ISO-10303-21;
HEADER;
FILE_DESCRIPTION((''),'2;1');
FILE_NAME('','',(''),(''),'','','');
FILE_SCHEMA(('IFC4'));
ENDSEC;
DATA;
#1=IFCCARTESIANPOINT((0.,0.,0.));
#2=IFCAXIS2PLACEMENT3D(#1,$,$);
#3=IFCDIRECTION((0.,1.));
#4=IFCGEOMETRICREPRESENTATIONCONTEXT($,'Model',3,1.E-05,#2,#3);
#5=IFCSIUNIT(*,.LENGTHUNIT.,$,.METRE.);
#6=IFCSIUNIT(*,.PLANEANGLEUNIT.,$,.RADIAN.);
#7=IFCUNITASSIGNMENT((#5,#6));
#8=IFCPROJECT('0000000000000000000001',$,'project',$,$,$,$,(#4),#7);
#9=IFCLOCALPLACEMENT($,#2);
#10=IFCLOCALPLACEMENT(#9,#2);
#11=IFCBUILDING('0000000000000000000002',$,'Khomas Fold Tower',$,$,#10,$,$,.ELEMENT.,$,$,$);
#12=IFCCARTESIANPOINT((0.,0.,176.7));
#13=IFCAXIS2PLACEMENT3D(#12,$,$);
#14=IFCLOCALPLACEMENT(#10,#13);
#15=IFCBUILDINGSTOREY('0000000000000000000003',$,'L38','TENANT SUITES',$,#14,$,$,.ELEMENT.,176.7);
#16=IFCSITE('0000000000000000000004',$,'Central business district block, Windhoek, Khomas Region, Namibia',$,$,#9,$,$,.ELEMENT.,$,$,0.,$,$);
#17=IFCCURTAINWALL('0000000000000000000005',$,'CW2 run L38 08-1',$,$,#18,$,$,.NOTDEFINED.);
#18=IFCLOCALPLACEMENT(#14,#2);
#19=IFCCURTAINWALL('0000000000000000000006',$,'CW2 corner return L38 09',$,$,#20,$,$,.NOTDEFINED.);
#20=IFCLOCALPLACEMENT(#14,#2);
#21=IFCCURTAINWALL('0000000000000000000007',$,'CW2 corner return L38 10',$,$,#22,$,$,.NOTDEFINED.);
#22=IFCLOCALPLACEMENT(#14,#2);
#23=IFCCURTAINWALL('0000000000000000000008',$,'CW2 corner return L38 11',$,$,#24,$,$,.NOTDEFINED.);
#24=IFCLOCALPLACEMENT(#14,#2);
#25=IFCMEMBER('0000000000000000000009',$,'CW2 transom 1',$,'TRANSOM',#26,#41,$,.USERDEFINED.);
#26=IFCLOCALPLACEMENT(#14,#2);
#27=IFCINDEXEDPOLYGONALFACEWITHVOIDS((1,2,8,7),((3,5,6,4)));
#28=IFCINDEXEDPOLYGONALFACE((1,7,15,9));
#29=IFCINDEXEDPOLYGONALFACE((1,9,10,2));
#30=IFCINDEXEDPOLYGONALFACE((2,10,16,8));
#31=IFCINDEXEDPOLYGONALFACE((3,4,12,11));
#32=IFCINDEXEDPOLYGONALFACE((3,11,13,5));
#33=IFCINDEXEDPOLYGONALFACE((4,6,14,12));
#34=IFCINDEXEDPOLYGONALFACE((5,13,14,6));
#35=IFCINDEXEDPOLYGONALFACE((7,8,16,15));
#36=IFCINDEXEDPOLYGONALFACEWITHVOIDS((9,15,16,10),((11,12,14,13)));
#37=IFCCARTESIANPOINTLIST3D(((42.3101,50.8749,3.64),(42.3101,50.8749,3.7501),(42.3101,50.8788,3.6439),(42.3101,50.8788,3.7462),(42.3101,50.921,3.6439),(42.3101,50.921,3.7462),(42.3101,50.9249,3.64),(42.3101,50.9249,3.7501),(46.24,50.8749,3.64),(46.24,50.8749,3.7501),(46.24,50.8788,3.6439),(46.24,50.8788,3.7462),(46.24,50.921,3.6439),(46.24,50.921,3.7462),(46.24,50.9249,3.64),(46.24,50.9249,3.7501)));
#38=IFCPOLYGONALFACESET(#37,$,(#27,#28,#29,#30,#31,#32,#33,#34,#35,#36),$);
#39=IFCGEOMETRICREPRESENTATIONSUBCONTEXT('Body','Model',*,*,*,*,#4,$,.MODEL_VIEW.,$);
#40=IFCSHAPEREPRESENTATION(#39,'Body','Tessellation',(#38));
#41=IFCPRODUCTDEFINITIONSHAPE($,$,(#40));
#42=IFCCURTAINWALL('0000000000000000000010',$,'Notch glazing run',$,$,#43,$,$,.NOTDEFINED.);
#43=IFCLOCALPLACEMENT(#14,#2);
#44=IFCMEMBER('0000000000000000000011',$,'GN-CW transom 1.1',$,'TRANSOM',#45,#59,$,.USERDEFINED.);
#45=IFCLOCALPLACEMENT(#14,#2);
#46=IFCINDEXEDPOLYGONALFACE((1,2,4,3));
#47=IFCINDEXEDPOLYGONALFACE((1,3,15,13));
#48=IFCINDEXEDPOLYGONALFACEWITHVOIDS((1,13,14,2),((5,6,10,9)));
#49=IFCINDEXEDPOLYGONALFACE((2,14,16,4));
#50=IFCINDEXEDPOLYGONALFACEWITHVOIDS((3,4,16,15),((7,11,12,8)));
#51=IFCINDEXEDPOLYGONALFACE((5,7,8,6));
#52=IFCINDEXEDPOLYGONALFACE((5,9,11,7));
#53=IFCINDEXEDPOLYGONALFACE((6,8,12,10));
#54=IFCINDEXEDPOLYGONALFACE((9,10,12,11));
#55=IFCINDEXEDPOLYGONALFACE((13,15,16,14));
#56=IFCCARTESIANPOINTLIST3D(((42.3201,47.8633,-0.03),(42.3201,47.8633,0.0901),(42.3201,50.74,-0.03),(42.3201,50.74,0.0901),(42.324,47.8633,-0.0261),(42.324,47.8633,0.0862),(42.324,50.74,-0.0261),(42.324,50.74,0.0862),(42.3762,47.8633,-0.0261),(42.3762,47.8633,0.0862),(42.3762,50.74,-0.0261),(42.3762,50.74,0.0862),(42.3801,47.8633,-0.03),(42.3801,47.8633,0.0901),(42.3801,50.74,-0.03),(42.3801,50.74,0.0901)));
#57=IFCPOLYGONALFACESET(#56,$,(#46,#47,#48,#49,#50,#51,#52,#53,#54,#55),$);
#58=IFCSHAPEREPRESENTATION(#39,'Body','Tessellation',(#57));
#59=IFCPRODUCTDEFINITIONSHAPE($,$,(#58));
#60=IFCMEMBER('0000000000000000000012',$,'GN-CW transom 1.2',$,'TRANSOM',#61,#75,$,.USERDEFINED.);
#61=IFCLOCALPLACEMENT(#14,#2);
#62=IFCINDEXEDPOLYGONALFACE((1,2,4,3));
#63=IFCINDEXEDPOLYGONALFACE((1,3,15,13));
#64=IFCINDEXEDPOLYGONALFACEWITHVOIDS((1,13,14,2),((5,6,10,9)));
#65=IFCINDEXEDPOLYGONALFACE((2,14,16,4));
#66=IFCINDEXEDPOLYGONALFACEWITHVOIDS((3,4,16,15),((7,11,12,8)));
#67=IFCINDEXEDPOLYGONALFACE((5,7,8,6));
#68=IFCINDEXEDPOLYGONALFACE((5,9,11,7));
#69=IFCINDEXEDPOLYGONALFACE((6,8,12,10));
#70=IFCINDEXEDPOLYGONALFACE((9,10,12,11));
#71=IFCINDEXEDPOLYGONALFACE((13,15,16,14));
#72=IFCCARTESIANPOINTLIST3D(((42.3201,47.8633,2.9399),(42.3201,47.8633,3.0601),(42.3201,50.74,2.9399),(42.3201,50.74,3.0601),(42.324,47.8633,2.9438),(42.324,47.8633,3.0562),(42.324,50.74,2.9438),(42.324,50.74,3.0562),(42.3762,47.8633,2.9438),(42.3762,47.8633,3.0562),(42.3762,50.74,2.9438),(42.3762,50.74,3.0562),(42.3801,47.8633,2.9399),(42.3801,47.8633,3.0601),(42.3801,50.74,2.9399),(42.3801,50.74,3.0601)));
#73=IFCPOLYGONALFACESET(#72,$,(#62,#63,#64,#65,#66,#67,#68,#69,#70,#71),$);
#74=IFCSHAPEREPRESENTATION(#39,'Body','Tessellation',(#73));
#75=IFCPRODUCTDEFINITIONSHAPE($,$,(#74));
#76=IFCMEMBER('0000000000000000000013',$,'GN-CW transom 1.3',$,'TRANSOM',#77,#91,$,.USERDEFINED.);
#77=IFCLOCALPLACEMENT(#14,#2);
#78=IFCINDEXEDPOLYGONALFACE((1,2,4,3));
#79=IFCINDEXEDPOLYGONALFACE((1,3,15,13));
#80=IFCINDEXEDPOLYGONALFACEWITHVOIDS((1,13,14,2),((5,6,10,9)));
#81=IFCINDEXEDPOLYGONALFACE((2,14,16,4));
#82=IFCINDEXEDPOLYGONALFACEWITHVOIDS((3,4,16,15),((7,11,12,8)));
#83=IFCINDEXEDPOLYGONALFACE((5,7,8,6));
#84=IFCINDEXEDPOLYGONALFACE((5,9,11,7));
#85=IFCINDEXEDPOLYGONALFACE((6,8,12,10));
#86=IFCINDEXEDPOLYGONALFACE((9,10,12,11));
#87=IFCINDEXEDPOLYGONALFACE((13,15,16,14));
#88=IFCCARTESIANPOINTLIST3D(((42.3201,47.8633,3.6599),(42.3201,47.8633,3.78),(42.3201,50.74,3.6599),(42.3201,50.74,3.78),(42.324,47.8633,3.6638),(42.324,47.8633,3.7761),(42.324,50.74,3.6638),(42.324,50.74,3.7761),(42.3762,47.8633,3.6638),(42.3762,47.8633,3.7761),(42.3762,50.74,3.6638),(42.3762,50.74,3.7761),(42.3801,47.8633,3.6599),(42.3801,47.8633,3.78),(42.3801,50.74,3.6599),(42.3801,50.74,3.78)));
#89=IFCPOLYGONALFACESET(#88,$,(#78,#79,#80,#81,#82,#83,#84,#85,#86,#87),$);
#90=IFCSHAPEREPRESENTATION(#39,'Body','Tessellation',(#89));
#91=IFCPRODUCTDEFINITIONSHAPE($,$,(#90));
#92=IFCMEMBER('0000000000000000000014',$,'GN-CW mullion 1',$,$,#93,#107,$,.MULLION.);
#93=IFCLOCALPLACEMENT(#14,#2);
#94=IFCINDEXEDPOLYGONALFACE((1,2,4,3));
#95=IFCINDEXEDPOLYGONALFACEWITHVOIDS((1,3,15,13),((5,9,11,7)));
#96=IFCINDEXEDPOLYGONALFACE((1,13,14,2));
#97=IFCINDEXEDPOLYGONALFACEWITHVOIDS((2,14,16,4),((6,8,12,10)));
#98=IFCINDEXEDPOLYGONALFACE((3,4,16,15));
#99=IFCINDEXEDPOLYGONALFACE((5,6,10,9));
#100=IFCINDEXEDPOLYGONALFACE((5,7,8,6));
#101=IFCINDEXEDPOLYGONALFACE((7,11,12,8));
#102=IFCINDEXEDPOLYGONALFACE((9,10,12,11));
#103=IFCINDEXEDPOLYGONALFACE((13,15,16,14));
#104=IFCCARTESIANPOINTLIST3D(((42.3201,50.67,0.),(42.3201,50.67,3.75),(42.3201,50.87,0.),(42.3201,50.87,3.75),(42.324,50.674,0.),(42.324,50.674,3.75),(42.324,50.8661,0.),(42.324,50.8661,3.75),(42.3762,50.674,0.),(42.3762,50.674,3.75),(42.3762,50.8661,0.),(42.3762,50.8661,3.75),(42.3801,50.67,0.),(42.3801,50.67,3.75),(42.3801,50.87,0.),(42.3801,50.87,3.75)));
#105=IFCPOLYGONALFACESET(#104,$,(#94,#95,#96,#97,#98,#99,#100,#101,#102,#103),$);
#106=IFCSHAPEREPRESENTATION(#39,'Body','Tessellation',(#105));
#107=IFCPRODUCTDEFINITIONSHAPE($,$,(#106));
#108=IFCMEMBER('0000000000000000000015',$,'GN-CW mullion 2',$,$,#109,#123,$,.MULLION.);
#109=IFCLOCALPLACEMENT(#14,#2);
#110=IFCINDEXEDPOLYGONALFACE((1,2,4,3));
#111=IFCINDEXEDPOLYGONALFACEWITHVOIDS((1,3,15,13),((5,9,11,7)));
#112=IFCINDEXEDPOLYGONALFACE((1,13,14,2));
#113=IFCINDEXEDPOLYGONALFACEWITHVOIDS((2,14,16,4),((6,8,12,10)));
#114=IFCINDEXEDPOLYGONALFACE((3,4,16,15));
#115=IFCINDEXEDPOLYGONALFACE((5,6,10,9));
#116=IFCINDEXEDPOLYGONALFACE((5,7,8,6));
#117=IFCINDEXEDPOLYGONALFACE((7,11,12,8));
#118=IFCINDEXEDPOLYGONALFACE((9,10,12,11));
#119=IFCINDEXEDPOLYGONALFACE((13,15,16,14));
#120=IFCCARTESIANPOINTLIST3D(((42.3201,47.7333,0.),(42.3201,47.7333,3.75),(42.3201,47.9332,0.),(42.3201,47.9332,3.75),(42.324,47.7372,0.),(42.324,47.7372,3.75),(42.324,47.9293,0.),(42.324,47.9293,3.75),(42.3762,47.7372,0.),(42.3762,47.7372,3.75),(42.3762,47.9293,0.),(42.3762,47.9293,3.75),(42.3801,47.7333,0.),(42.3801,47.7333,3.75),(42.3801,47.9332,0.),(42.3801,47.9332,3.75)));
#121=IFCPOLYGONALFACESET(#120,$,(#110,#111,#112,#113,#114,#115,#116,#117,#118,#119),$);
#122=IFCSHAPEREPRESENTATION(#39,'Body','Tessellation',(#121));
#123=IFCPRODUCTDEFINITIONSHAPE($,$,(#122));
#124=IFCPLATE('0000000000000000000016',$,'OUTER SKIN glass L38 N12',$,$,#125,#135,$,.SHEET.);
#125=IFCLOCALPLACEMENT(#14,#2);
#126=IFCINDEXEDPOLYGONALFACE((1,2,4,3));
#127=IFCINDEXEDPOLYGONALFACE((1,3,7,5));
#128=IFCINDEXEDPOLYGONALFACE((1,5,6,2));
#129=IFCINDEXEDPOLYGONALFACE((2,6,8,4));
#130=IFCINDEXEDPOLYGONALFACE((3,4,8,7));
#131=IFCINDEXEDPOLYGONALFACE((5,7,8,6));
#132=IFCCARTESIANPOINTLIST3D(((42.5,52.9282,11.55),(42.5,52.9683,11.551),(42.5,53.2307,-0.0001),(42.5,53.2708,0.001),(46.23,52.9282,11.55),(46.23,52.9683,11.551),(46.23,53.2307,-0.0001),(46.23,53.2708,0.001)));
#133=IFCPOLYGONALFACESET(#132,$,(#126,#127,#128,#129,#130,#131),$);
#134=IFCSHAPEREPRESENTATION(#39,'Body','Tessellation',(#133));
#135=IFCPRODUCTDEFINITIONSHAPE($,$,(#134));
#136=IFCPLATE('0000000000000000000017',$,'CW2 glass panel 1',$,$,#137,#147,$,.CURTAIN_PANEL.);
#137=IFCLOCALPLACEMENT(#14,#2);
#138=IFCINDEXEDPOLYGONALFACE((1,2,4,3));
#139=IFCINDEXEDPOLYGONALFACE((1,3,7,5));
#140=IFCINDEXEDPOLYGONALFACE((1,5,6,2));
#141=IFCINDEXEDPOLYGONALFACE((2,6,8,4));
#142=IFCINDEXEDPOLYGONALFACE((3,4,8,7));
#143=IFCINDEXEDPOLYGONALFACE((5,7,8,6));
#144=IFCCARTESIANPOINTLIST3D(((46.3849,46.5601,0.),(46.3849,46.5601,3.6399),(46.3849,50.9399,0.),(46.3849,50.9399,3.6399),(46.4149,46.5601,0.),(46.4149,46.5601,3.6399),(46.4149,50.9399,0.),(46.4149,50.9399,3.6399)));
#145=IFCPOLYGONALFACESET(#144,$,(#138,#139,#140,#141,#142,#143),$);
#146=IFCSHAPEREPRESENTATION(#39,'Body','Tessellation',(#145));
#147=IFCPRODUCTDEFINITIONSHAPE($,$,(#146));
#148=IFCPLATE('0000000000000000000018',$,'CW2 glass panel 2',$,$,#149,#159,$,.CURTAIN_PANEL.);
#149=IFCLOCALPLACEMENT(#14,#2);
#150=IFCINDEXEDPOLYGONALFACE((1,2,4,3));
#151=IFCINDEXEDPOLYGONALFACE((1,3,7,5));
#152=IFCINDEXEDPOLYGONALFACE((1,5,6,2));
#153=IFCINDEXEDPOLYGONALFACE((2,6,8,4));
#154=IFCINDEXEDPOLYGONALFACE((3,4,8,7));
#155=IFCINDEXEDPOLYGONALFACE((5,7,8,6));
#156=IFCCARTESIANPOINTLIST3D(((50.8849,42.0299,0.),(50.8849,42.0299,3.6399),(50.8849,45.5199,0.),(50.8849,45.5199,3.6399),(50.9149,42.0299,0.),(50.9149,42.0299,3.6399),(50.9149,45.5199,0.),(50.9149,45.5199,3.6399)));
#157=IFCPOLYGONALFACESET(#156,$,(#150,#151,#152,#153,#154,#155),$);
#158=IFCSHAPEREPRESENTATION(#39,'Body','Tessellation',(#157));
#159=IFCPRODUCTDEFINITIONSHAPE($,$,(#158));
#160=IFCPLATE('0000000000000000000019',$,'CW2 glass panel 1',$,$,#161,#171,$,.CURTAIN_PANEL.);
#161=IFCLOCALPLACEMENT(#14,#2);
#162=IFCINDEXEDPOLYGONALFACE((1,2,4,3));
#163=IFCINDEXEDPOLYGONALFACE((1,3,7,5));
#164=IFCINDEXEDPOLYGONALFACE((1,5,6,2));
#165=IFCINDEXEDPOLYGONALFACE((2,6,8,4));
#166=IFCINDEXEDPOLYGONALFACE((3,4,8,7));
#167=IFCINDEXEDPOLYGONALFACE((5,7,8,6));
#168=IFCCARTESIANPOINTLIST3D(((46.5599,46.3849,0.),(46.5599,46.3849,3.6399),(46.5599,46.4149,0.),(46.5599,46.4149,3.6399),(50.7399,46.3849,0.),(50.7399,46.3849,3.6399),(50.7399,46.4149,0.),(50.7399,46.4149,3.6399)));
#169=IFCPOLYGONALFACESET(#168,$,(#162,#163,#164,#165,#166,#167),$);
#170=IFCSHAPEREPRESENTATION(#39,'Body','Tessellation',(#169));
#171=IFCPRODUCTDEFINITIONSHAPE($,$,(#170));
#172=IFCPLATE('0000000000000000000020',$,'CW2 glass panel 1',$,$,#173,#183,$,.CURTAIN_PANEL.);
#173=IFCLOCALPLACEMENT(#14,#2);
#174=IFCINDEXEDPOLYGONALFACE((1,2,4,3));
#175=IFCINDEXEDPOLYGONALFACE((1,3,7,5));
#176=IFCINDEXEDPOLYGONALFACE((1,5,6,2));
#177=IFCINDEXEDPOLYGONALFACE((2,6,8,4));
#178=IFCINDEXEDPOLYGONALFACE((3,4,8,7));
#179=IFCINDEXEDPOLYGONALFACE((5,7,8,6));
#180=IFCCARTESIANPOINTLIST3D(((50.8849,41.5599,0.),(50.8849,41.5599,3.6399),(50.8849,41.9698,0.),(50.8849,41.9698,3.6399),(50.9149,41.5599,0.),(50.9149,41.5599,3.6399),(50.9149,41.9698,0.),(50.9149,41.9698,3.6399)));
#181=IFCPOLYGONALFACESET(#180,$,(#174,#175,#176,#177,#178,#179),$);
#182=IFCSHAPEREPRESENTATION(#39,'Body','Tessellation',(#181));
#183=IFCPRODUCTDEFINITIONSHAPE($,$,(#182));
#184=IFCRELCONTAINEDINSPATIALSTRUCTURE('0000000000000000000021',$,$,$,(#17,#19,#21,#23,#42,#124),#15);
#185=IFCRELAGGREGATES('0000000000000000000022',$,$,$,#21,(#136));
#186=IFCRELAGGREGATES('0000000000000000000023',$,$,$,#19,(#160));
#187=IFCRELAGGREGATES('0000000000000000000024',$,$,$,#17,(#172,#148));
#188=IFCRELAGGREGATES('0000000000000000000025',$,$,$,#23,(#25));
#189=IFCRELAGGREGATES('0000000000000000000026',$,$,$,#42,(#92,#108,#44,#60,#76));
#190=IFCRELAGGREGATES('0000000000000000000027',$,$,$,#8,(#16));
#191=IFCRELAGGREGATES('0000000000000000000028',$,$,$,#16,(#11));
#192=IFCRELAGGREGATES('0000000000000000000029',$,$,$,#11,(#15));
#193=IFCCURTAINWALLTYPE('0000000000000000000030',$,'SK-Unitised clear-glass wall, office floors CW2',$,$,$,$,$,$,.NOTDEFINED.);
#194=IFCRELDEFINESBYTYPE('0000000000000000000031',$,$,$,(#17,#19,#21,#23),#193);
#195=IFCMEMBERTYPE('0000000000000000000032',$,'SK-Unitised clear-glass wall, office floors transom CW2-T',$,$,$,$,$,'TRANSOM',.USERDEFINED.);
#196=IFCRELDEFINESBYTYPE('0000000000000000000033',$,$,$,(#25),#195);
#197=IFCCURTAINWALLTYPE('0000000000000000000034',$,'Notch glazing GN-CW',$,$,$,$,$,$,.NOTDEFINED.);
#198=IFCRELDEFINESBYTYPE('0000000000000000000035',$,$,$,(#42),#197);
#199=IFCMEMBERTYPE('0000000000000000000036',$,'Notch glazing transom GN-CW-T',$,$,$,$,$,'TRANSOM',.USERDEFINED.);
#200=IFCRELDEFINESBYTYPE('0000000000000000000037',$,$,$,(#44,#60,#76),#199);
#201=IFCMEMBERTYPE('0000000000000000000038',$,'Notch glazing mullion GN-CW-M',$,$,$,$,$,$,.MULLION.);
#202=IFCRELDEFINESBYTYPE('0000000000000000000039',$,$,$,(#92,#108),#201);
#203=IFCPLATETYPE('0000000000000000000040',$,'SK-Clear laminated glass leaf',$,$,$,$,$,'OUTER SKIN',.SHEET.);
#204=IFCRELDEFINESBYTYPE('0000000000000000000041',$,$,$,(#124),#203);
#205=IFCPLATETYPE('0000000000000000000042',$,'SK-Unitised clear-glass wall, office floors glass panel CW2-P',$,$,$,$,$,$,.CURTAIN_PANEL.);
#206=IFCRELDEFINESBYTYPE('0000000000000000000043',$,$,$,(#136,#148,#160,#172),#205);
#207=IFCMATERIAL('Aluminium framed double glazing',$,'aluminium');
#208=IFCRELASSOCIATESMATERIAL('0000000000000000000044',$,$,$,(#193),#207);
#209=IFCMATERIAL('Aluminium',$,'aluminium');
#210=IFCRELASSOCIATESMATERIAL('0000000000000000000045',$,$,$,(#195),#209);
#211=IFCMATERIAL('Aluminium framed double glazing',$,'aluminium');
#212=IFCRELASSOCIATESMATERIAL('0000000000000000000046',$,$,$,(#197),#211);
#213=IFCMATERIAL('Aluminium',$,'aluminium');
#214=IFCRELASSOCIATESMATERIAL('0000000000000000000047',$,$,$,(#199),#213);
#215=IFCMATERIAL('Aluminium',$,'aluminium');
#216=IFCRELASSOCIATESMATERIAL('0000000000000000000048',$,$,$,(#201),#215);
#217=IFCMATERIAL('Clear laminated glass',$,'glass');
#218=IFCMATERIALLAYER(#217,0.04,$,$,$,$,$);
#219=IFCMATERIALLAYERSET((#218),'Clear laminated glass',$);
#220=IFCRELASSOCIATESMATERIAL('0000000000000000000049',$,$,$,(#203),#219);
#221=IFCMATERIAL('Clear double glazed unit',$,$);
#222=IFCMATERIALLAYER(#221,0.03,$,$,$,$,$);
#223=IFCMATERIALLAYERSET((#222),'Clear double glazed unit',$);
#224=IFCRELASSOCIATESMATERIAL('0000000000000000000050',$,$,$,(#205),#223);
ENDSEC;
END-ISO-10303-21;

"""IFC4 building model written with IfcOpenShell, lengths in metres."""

from ifc_helpers import new_model, si_unit, direction, frame, origin, origin_2d, place, context, subcontext, project, spatial, polyline, rectangle, hollow_rectangle, outline, extrude, source, transform, mapped, material, layer, layer_set, material_profile, profile_set, type_object, element, aggregate, save


model = new_model("IFC4")

# Units and contexts
model_context = context("Model", 3, precision=1e-05, world=origin(), true_north=direction((0.0, 1.0)))
body_context = subcontext(model_context, "Body", "Model", "MODEL_VIEW")
ifc_project = project(units=[si_unit("LENGTHUNIT", "METRE"), si_unit("PLANEANGLEUNIT", "RADIAN")], contexts=[model_context])

# Site, building, storey
site_placement = place(None, origin())
site = spatial("IfcSite", under=ifc_project, at=site_placement, Name="Central business district block, Windhoek, Khomas Region, Namibia", CompositionType="ELEMENT", RefElevation=0.0)
building_placement = place(site_placement, origin())
building = spatial("IfcBuilding", under=site, at=building_placement, Name="Khomas Fold Tower", CompositionType="ELEMENT")
storey_placement = place(building_placement, frame((0.0, 0.0, 176.7)))
storey = spatial("IfcBuildingStorey", under=building, at=storey_placement, Name="L38", Description="TENANT SUITES", CompositionType="ELEMENT", Elevation=176.7)

# Curtain walls
ifc_material_1 = material(Name="Aluminium framed double glazing", Category="aluminium")
curtain_wall_type_1 = type_object("IfcCurtainWallType", Name="SK-Unitised clear-glass wall, office floors CW2", PredefinedType="NOTDEFINED", material=ifc_material_1)
curtain_wall_1_placement = place(storey_placement, origin())
curtain_wall_1 = element("IfcCurtainWall", 1, at=curtain_wall_1_placement, inside=storey, type_object=curtain_wall_type_1, Name="CW2 run L38 08-1", PredefinedType="NOTDEFINED")
curtain_wall_2_placement = place(storey_placement, origin())
curtain_wall_2 = element("IfcCurtainWall", 2, at=curtain_wall_2_placement, inside=storey, type_object=curtain_wall_type_1, Name="CW2 corner return L38 09", PredefinedType="NOTDEFINED")
curtain_wall_3_placement = place(storey_placement, origin())
curtain_wall_3 = element("IfcCurtainWall", 3, at=curtain_wall_3_placement, inside=storey, type_object=curtain_wall_type_1, Name="CW2 corner return L38 10", PredefinedType="NOTDEFINED")

# Curtain wall
curtain_wall_4_placement = place(storey_placement, origin())
curtain_wall_4 = element("IfcCurtainWall", 4, at=curtain_wall_4_placement, inside=storey, type_object=curtain_wall_type_1, Name="CW2 corner return L38 11", PredefinedType="NOTDEFINED")

# Member
ifc_material_2 = material(Name="Aluminium", Category="aluminium")
ifc_material_profile_1 = material_profile(ifc_material_2, hollow_rectangle(XDim=0.05, YDim=0.1101, WallThickness=0.0039, at=origin_2d()), Name="SK-Unitised clear-glass wall, office floors transom CW2-T")
ifc_profile_set_1 = profile_set([ifc_material_profile_1], Name="Aluminium")
member_type_1 = type_object("IfcMemberType", Name="SK-Unitised clear-glass wall, office floors transom CW2-T", ElementType="TRANSOM", PredefinedType="USERDEFINED", material=ifc_profile_set_1)
shared_shape_1 = source(origin(), body_context, "Body", "SweptSolid", [
    extrude(hollow_rectangle(XDim=0.05, YDim=0.1101, WallThickness=0.0039, at=origin_2d()), origin(), (0.0, 0.0, 1.0), 3.9299),
])
member_1_placement = place(storey_placement, frame((46.24, 50.8999, 3.6951), z_axis=(-1.0, 0.0, 0.0), x_axis=(0.0, -1.0, 0.0)))
member_1 = element("IfcMember", 5, at=member_1_placement, type_object=member_type_1, Name="CW2 transom 1", ObjectType="TRANSOM", PredefinedType="USERDEFINED", context=body_context, shape_type="MappedRepresentation", body=[
    mapped(shared_shape_1, transform((0.0, 0.0, 0.0))),
])

# Curtain wall, members
ifc_material_3 = material(Name="Aluminium framed double glazing", Category="aluminium")
curtain_wall_type_2 = type_object("IfcCurtainWallType", Name="Notch glazing GN-CW", PredefinedType="NOTDEFINED", material=ifc_material_3)
curtain_wall_5_placement = place(storey_placement, origin())
curtain_wall_5 = element("IfcCurtainWall", 6, at=curtain_wall_5_placement, inside=storey, type_object=curtain_wall_type_2, Name="Notch glazing run", PredefinedType="NOTDEFINED")
ifc_material_4 = material(Name="Aluminium", Category="aluminium")
ifc_material_profile_2 = material_profile(ifc_material_4, hollow_rectangle(XDim=0.0601, YDim=0.1201, WallThickness=0.0039, at=origin_2d()), Name="Notch glazing transom GN-CW-T")
ifc_profile_set_2 = profile_set([ifc_material_profile_2], Name="Aluminium")
member_type_2 = type_object("IfcMemberType", Name="Notch glazing transom GN-CW-T", ElementType="TRANSOM", PredefinedType="USERDEFINED", material=ifc_profile_set_2)
shared_shape_2 = source(origin(), body_context, "Body", "SweptSolid", [
    extrude(hollow_rectangle(XDim=0.0601, YDim=0.1201, WallThickness=0.0039, at=origin_2d()), origin(), (0.0, 0.0, 1.0), 2.8767),
])
member_2_placement = place(storey_placement, frame((42.3501, 50.74, 0.03), z_axis=(0.0, -1.0, 0.0), x_axis=(1.0, 0.0, 0.0)))
member_2 = element("IfcMember", 7, at=member_2_placement, type_object=member_type_2, Name="GN-CW transom 1.1", ObjectType="TRANSOM", PredefinedType="USERDEFINED", context=body_context, shape_type="MappedRepresentation", body=[
    mapped(shared_shape_2, transform((0.0, 0.0, 0.0))),
])
member_3_placement = place(storey_placement, frame((42.3501, 50.74, 3.0), z_axis=(0.0, -1.0, 0.0), x_axis=(1.0, 0.0, 0.0)))
member_3 = element("IfcMember", 8, at=member_3_placement, type_object=member_type_2, Name="GN-CW transom 1.2", ObjectType="TRANSOM", PredefinedType="USERDEFINED", context=body_context, shape_type="MappedRepresentation", body=[
    mapped(shared_shape_2, transform((0.0, 0.0, 0.0))),
])
member_4_placement = place(storey_placement, frame((42.3501, 50.74, 3.72), z_axis=(0.0, -1.0, 0.0), x_axis=(1.0, 0.0, 0.0)))
member_4 = element("IfcMember", 9, at=member_4_placement, type_object=member_type_2, Name="GN-CW transom 1.3", ObjectType="TRANSOM", PredefinedType="USERDEFINED", context=body_context, shape_type="MappedRepresentation", body=[
    mapped(shared_shape_2, transform((0.0, 0.0, 0.0))),
])
ifc_material_5 = material(Name="Aluminium", Category="aluminium")
ifc_material_profile_3 = material_profile(ifc_material_5, hollow_rectangle(XDim=0.0601, YDim=0.2, WallThickness=0.0039, at=origin_2d()), Name="Notch glazing mullion GN-CW-M")
ifc_profile_set_3 = profile_set([ifc_material_profile_3], Name="Aluminium")
member_type_3 = type_object("IfcMemberType", Name="Notch glazing mullion GN-CW-M", PredefinedType="MULLION", material=ifc_profile_set_3)
shared_shape_3 = source(origin(), body_context, "Body", "SweptSolid", [
    extrude(hollow_rectangle(XDim=0.0601, YDim=0.2, WallThickness=0.0039, at=origin_2d()), origin(), (0.0, 0.0, 1.0), 3.75),
])
member_5_placement = place(storey_placement, frame((42.3501, 50.77, 0.0), z_axis=(0.0, 0.0, 1.0), x_axis=(1.0, 0.0, 0.0)))
member_5 = element("IfcMember", 10, at=member_5_placement, type_object=member_type_3, Name="GN-CW mullion 1", PredefinedType="MULLION", context=body_context, shape_type="MappedRepresentation", body=[
    mapped(shared_shape_3, transform((0.0, 0.0, 0.0))),
])
member_6_placement = place(storey_placement, frame((42.3501, 47.8333, 0.0), z_axis=(0.0, 0.0, 1.0), x_axis=(1.0, 0.0, 0.0)))
member_6 = element("IfcMember", 11, at=member_6_placement, type_object=member_type_3, Name="GN-CW mullion 2", PredefinedType="MULLION", context=body_context, shape_type="MappedRepresentation", body=[
    mapped(shared_shape_3, transform((0.0, 0.0, 0.0))),
])

# Plates
ifc_material_6 = material(Name="Clear laminated glass", Category="glass")
ifc_layer_1 = layer(ifc_material_6, 0.04)
ifc_layer_set_1 = layer_set([ifc_layer_1], Name="Clear laminated glass")
plate_type_1 = type_object("IfcPlateType", Name="SK-Clear laminated glass leaf", ElementType="OUTER SKIN", PredefinedType="SHEET", material=ifc_layer_set_1)
plate_1_placement = place(storey_placement, frame((42.5, 53.2708, 0.001), z_axis=(0.0, 0.999657, 0.026181), x_axis=(1.0, 0.0, 0.0)))
element("IfcPlate", 12, at=plate_1_placement, inside=storey, type_object=plate_type_1, Name="OUTER SKIN glass L38 N12", PredefinedType="SHEET", context=body_context, shape_type="SweptSolid", body=[
    extrude(outline(polyline([(0.0, 0.0), (3.73, 0.0), (3.73, -11.554), (0.0, -11.554), (0.0, 0.0)])), origin(), (0.0, 0.0, -1.0), 0.04),
])
ifc_material_7 = material(Name="Clear double glazed unit")
ifc_layer_2 = layer(ifc_material_7, 0.03)
ifc_layer_set_2 = layer_set([ifc_layer_2], Name="Clear double glazed unit")
plate_type_2 = type_object("IfcPlateType", Name="SK-Unitised clear-glass wall, office floors glass panel CW2-P", PredefinedType="CURTAIN_PANEL", material=ifc_layer_set_2)
shared_shape_4 = source(origin(), body_context, "Body", "SweptSolid", [
    extrude(rectangle(XDim=4.3799, YDim=0.03, at=origin_2d()), origin(), (0.0, 0.0, 1.0), 3.6399),
])
plate_2_placement = place(storey_placement, frame((46.3999, 48.75, 0.0), z_axis=(0.0, 0.0, 1.0), x_axis=(0.0, 1.0, 0.0)))
plate_2 = element("IfcPlate", 13, at=plate_2_placement, type_object=plate_type_2, Name="CW2 glass panel 1", PredefinedType="CURTAIN_PANEL", context=body_context, shape_type="MappedRepresentation", body=[
    mapped(shared_shape_4, transform((0.0, 0.0, 0.0))),
])
aggregate(curtain_wall_3, [plate_2])
shared_shape_5 = source(origin(), body_context, "Body", "SweptSolid", [
    extrude(rectangle(XDim=3.49, YDim=0.03, at=origin_2d()), origin(), (0.0, 0.0, 1.0), 3.6399),
])
plate_3_placement = place(storey_placement, frame((50.8999, 43.7749, 0.0), z_axis=(0.0, 0.0, 1.0), x_axis=(0.0, 1.0, 0.0)))
plate_3 = element("IfcPlate", 14, at=plate_3_placement, type_object=plate_type_2, Name="CW2 glass panel 2", PredefinedType="CURTAIN_PANEL", context=body_context, shape_type="MappedRepresentation", body=[
    mapped(shared_shape_5, transform((0.0, 0.0, 0.0))),
])
shared_shape_6 = source(origin(), body_context, "Body", "SweptSolid", [
    extrude(rectangle(XDim=4.1799, YDim=0.03, at=origin_2d()), origin(), (0.0, 0.0, 1.0), 3.6399),
])
plate_4_placement = place(storey_placement, frame((48.6499, 46.3999, 0.0), z_axis=(0.0, 0.0, 1.0), x_axis=(-1.0, 0.0, 0.0)))
plate_4 = element("IfcPlate", 15, at=plate_4_placement, type_object=plate_type_2, Name="CW2 glass panel 1", PredefinedType="CURTAIN_PANEL", context=body_context, shape_type="MappedRepresentation", body=[
    mapped(shared_shape_6, transform((0.0, 0.0, 0.0))),
])
aggregate(curtain_wall_2, [plate_4])
shared_shape_7 = source(origin(), body_context, "Body", "SweptSolid", [
    extrude(rectangle(XDim=0.4099, YDim=0.03, at=origin_2d()), origin(), (0.0, 0.0, 1.0), 3.6399),
])
plate_5_placement = place(storey_placement, frame((50.8999, 41.7649, 0.0), z_axis=(0.0, 0.0, 1.0), x_axis=(0.0, 1.0, 0.0)))
plate_5 = element("IfcPlate", 16, at=plate_5_placement, type_object=plate_type_2, Name="CW2 glass panel 1", PredefinedType="CURTAIN_PANEL", context=body_context, shape_type="MappedRepresentation", body=[
    mapped(shared_shape_7, transform((0.0, 0.0, 0.0))),
])
aggregate(curtain_wall_1, [plate_5, plate_3])
aggregate(curtain_wall_4, [member_1])
aggregate(curtain_wall_5, [member_5, member_6, member_2, member_3, member_4])

save(model, "model.ifc")
